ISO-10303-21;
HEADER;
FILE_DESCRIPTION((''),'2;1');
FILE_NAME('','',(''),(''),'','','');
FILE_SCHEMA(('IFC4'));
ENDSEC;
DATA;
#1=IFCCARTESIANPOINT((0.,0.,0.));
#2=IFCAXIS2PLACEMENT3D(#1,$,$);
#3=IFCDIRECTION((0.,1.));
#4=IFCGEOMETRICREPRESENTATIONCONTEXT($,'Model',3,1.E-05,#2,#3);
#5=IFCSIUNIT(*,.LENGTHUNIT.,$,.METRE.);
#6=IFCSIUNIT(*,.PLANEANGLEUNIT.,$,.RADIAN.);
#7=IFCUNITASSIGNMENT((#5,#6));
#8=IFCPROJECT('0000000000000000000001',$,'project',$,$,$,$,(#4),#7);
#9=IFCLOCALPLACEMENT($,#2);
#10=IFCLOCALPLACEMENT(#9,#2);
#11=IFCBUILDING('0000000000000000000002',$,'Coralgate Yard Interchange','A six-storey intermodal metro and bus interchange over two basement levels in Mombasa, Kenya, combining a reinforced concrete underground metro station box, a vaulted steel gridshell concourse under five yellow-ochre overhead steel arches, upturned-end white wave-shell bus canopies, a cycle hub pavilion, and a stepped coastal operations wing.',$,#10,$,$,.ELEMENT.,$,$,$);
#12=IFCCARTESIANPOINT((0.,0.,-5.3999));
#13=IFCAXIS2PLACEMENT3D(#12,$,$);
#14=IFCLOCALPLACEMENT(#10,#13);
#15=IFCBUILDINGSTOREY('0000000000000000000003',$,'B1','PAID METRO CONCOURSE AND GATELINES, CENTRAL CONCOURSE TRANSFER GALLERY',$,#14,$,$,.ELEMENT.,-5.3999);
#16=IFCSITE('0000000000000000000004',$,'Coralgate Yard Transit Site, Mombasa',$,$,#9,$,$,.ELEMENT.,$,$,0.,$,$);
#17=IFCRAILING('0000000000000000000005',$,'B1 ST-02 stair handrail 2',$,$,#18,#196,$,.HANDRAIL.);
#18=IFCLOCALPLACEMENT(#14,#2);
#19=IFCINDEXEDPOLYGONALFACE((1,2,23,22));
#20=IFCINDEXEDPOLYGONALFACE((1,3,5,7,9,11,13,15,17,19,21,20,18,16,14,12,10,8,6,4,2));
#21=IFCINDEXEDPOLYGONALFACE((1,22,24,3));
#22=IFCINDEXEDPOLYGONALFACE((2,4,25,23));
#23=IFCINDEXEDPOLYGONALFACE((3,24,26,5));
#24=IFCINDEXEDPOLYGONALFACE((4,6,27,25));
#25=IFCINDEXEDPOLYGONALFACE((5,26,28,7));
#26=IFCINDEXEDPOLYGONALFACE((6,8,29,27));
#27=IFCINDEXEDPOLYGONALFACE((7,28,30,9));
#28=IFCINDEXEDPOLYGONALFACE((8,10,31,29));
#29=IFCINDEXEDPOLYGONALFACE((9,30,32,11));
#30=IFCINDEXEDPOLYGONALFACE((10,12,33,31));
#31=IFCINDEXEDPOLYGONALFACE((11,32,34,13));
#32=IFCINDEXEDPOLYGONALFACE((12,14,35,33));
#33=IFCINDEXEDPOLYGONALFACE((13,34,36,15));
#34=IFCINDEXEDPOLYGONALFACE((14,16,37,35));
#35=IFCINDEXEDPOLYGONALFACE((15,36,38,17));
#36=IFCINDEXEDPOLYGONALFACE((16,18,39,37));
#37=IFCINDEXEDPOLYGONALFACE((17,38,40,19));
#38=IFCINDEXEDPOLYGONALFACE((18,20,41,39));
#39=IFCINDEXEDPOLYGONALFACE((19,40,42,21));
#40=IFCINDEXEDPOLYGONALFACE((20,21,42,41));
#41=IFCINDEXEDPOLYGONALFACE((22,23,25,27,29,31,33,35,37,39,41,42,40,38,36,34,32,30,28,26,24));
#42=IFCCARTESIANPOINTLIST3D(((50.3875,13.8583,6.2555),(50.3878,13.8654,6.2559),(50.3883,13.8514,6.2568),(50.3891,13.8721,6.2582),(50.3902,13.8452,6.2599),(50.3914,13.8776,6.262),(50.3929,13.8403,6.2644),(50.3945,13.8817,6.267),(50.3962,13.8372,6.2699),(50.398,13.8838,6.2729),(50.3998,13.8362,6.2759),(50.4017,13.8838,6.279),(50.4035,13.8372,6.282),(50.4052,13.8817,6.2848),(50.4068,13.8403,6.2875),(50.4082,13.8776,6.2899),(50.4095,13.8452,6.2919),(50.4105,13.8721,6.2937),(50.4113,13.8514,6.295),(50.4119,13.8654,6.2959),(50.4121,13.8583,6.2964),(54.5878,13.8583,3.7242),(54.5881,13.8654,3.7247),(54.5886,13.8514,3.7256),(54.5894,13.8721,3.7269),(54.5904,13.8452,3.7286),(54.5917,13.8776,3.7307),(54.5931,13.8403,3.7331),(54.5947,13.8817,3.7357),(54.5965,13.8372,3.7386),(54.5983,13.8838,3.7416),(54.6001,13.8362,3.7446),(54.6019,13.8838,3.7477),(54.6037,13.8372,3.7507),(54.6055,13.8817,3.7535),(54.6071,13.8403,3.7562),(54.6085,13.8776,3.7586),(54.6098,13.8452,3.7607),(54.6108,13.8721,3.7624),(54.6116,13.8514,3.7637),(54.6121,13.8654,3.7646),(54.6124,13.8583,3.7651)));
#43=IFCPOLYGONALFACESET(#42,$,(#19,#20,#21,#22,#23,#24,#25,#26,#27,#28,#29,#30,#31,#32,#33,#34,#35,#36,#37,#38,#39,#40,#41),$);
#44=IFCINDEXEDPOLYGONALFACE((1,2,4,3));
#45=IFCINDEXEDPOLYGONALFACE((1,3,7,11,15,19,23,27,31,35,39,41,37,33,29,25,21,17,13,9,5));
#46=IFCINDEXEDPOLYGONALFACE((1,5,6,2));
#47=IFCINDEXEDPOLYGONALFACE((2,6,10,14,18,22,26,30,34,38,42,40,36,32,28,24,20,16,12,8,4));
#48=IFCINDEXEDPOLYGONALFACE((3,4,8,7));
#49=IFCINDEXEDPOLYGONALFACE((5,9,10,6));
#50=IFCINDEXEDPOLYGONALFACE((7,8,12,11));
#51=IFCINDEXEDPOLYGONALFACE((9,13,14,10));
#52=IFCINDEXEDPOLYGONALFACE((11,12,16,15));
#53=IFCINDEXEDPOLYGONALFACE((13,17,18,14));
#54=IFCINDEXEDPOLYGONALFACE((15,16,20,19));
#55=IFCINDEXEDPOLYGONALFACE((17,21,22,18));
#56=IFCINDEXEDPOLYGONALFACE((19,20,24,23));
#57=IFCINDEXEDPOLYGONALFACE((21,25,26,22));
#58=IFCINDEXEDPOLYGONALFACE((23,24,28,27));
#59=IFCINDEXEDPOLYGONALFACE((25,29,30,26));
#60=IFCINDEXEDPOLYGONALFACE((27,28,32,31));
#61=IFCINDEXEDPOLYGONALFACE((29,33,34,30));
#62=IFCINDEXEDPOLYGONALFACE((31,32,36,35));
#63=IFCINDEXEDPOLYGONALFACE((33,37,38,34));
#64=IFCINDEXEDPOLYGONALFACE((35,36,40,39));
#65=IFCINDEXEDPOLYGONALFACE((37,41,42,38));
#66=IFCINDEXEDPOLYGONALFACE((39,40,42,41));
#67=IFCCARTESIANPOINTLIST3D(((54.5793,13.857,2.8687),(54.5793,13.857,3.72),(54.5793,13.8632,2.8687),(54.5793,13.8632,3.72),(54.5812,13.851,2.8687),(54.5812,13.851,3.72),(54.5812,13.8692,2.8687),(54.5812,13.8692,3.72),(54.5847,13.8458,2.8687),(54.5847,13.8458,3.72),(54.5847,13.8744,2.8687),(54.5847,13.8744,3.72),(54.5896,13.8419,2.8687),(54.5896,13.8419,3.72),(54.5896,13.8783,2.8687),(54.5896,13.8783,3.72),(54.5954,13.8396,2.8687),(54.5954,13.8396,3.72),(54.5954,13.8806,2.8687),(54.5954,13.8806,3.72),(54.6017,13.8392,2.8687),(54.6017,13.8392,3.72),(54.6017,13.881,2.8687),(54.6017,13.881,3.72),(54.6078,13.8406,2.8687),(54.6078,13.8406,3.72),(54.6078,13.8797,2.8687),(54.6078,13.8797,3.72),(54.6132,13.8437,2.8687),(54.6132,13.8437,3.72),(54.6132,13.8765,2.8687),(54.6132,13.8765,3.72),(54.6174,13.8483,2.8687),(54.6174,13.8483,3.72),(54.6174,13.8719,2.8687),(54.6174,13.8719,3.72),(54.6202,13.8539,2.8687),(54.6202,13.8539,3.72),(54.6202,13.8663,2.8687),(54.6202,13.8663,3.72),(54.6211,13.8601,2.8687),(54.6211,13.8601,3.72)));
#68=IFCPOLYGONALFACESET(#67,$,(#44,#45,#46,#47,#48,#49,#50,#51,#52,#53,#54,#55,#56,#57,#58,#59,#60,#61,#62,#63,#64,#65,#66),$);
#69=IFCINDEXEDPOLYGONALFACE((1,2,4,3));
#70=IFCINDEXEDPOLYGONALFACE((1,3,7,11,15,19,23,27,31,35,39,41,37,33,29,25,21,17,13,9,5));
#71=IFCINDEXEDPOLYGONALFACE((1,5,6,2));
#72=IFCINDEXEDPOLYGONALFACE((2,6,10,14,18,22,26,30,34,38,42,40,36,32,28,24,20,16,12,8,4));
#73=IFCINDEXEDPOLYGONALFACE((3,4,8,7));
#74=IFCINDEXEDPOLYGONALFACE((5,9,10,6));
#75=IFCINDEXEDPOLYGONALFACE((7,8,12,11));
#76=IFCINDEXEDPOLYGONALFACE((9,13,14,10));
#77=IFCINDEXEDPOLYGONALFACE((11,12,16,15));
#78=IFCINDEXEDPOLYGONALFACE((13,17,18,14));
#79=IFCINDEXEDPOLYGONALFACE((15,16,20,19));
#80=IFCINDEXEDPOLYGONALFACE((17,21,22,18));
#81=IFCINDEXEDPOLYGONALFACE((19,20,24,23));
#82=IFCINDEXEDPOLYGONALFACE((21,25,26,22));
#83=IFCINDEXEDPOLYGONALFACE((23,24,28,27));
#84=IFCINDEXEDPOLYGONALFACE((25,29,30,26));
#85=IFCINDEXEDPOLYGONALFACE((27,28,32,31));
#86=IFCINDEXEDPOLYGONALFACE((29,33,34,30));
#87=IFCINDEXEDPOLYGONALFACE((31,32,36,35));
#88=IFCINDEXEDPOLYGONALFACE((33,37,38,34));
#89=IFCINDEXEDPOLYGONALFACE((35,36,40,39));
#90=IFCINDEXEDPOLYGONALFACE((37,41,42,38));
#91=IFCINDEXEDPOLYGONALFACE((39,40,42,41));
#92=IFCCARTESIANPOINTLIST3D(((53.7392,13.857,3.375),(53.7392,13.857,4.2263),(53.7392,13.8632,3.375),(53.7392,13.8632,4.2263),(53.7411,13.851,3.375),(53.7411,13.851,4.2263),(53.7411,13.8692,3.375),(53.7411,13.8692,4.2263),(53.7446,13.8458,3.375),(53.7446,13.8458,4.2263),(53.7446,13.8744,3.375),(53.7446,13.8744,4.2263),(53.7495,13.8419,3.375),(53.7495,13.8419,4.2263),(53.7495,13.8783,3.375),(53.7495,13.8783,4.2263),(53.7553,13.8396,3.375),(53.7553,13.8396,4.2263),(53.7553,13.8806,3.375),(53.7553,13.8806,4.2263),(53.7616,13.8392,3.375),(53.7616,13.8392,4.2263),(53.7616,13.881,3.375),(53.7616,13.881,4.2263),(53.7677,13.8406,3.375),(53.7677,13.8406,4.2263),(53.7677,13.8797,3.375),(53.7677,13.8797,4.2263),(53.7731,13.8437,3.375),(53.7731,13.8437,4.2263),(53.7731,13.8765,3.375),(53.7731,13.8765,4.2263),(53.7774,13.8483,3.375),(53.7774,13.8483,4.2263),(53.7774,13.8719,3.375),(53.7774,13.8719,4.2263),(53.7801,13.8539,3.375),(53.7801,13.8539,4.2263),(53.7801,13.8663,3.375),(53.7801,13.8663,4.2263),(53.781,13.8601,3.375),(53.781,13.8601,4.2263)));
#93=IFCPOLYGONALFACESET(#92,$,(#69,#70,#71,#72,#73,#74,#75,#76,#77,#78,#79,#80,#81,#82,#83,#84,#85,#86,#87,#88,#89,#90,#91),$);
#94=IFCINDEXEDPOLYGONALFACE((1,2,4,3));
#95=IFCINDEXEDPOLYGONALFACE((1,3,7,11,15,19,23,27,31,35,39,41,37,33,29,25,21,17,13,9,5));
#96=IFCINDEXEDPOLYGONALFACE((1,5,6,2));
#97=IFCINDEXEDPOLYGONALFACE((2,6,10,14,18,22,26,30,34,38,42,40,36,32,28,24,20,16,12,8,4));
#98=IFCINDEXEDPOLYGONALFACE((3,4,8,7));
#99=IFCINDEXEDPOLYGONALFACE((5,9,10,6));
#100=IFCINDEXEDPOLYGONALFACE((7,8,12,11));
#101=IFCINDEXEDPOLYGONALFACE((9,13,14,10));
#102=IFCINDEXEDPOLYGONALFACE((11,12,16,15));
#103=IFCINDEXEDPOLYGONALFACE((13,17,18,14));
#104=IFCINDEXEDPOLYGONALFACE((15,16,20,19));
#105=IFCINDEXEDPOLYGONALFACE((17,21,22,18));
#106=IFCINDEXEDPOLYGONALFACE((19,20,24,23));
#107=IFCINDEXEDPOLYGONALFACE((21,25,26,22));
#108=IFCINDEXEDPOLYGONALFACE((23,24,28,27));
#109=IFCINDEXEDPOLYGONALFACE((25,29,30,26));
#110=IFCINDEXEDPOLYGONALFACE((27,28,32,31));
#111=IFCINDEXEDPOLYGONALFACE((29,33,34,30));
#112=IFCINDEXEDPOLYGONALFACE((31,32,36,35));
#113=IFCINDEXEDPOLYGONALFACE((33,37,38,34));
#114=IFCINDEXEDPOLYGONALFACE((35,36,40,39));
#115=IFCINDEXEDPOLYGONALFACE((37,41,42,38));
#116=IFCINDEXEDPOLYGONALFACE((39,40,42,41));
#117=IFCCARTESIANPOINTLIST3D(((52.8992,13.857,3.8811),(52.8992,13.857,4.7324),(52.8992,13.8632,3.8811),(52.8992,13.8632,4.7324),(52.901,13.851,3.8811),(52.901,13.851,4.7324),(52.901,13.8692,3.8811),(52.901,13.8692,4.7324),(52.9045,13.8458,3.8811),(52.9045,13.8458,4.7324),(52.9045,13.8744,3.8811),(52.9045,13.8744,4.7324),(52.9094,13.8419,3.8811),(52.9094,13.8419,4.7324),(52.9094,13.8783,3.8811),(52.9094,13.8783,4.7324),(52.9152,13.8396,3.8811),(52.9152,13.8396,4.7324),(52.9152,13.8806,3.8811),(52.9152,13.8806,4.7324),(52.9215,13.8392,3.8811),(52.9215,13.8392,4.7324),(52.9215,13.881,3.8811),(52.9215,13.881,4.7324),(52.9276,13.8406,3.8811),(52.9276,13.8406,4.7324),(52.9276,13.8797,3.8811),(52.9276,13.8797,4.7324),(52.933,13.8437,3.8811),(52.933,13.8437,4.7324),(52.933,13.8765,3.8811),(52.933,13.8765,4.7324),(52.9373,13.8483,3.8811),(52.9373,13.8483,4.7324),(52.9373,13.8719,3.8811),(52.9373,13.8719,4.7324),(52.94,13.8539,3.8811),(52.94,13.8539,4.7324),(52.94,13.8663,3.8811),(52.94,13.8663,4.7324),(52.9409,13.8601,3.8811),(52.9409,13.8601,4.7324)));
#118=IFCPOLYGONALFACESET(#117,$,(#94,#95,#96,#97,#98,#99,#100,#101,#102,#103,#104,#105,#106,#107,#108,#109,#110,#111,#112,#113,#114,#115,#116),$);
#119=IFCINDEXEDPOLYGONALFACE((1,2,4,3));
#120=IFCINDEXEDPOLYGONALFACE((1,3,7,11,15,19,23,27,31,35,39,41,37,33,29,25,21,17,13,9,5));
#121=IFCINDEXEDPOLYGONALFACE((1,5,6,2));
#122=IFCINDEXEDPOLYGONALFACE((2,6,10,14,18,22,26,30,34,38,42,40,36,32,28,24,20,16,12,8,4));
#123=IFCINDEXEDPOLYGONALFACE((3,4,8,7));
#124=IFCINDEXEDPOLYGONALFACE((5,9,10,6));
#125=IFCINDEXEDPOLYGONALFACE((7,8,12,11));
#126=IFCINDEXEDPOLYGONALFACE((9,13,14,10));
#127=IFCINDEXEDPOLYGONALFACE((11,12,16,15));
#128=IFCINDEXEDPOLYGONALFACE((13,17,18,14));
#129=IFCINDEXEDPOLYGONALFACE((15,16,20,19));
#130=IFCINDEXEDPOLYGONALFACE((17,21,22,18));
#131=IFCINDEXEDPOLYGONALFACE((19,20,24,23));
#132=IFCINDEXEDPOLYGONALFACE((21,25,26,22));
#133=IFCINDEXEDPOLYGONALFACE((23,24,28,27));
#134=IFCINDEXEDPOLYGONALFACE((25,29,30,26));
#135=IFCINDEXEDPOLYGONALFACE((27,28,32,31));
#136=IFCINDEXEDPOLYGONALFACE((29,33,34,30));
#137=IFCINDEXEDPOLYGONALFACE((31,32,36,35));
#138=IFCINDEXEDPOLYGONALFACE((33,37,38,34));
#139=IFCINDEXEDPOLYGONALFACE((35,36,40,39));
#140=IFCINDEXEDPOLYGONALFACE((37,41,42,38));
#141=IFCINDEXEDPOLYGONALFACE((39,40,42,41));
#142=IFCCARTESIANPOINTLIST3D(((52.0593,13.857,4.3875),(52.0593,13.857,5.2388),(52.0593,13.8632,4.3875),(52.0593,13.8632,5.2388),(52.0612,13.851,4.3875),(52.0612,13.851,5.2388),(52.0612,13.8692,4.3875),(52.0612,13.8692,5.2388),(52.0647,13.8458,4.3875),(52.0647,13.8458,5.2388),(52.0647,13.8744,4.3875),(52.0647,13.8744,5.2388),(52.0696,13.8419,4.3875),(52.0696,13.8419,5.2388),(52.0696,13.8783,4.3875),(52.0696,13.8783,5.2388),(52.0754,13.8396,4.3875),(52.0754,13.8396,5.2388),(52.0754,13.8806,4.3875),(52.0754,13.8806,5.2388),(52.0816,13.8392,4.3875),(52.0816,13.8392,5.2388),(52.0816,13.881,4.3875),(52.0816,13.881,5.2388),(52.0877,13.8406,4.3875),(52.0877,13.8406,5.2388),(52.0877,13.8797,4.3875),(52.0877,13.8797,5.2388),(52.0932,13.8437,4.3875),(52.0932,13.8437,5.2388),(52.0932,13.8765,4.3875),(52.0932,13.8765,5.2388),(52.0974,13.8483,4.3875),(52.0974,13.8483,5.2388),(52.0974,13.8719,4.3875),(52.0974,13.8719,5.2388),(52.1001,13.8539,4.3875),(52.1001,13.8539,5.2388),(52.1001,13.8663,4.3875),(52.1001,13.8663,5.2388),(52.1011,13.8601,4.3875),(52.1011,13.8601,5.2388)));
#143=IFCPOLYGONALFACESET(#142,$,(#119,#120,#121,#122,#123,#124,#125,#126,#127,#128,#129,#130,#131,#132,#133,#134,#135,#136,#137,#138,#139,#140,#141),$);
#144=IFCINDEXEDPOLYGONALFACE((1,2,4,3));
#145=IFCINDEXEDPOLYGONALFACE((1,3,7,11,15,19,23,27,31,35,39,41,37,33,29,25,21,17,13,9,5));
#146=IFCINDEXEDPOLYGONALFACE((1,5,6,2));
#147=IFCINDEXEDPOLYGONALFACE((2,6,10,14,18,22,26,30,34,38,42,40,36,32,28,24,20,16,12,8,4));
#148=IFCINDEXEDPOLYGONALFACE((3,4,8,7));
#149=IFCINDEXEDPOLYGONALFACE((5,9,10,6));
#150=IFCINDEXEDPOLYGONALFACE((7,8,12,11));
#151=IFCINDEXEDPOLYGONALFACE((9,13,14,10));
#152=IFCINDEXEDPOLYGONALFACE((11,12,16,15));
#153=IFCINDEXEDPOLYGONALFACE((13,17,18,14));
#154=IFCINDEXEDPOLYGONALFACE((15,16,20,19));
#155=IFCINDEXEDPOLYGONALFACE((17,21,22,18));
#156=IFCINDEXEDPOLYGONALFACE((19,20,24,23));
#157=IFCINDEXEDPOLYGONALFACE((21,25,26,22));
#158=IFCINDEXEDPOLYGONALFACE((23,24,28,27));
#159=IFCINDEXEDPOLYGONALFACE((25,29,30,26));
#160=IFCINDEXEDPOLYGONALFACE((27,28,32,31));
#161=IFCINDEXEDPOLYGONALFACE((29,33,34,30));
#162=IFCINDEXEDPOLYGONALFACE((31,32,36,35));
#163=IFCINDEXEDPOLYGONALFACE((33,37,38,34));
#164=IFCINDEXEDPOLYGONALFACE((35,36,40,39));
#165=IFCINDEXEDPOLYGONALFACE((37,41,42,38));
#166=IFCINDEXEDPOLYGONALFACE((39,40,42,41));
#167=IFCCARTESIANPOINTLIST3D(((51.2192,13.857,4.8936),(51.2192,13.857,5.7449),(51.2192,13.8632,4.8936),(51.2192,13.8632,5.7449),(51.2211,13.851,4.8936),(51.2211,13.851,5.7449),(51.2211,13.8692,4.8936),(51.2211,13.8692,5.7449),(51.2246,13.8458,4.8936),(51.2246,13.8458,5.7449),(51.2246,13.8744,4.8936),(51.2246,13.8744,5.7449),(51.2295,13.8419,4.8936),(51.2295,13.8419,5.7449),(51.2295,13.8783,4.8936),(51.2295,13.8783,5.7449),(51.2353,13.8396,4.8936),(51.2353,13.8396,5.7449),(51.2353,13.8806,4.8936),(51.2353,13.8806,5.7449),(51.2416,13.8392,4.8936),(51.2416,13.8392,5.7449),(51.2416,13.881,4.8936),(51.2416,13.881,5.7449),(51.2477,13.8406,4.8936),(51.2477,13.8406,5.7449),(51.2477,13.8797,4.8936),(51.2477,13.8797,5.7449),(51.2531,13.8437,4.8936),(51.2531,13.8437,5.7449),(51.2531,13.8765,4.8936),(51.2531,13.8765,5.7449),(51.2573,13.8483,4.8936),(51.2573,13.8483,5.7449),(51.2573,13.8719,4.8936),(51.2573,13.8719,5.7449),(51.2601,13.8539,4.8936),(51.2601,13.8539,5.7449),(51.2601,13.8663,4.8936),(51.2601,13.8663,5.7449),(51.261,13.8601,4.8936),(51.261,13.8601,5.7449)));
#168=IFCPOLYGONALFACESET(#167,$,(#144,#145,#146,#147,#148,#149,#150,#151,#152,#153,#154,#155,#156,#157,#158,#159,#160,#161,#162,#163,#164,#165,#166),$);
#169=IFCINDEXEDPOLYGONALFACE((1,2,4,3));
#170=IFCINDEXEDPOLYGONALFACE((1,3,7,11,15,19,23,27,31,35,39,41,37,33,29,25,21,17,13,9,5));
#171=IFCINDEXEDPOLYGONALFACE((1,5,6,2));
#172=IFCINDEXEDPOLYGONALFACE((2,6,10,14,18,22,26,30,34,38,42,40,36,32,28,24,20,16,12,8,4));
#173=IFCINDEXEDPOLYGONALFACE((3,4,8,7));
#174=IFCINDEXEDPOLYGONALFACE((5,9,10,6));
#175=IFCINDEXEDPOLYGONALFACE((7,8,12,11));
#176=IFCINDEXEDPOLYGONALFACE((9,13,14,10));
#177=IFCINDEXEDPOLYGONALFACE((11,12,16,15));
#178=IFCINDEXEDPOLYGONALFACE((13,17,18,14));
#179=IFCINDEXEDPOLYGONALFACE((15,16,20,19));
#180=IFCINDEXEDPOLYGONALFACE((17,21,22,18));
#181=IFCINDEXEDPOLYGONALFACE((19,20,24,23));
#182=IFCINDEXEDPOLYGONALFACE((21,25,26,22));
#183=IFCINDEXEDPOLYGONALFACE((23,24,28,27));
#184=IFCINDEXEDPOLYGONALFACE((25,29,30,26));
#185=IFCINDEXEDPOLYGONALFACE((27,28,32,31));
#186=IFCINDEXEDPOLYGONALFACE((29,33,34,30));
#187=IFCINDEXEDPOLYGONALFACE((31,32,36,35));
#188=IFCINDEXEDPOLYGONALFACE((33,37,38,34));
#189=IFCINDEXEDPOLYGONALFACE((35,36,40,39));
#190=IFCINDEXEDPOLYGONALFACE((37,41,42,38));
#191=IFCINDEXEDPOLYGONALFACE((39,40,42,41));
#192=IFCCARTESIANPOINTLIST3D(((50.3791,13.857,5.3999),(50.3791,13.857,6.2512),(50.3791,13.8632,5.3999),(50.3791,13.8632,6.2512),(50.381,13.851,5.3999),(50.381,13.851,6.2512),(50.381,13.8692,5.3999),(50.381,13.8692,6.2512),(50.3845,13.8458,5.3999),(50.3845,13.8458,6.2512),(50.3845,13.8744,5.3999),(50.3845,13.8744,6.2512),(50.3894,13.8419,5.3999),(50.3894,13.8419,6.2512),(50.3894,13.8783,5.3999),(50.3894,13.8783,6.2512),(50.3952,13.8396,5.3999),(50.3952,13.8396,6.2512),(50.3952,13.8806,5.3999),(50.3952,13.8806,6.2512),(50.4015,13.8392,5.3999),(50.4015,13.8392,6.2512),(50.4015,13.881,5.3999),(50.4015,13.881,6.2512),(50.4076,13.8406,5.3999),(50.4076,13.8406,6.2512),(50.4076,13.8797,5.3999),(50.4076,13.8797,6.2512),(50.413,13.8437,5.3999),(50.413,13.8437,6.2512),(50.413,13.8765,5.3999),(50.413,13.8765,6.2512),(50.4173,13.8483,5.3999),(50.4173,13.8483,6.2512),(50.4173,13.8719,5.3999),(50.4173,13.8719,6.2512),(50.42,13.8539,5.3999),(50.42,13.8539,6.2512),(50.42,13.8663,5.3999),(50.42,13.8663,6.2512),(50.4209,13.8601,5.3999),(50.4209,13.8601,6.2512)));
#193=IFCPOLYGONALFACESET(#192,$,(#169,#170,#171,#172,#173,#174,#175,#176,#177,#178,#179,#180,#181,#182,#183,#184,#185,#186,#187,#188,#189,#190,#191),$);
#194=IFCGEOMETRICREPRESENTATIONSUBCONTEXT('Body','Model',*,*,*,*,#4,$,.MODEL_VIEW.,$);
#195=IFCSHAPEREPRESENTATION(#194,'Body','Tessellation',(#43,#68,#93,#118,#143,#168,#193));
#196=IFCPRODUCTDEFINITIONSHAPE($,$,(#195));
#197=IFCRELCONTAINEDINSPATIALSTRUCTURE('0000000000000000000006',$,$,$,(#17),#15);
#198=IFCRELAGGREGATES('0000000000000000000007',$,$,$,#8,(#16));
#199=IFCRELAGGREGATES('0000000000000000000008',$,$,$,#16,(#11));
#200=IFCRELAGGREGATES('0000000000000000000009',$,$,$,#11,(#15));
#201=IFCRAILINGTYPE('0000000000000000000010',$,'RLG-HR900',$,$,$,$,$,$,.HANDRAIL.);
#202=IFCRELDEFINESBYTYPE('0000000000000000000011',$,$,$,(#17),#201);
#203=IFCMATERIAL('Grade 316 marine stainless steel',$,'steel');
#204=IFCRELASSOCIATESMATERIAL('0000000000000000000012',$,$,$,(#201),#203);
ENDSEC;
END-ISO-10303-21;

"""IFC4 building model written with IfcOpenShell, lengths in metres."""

from ifc_helpers import new_model, si_unit, direction, frame, origin, origin_2d, place, context, subcontext, project, spatial, circle, extrude, material, type_object, element, save


model = new_model("IFC4")

# Units and contexts
model_context = context("Model", 3, precision=1e-05, world=origin(), true_north=direction((0.0, 1.0)))
body_context = subcontext(model_context, "Body", "Model", "MODEL_VIEW")
ifc_project = project(units=[si_unit("LENGTHUNIT", "METRE"), si_unit("PLANEANGLEUNIT", "RADIAN")], contexts=[model_context])

# Site, building, storey
site_placement = place(None, origin())
site = spatial("IfcSite", under=ifc_project, at=site_placement, Name="Coralgate Yard Transit Site, Mombasa", CompositionType="ELEMENT", RefElevation=0.0)
building_placement = place(site_placement, origin())
building = spatial("IfcBuilding", under=site, at=building_placement, Name="Coralgate Yard Interchange", Description="A six-storey intermodal metro and bus interchange over two basement levels in Mombasa, Kenya, combining a reinforced concrete underground metro station box, a vaulted steel gridshell concourse under five yellow-ochre overhead steel arches, upturned-end white wave-shell bus canopies, a cycle hub pavilion, and a stepped coastal operations wing.", CompositionType="ELEMENT")
storey_placement = place(building_placement, frame((0.0, 0.0, -5.3999)))
storey = spatial("IfcBuildingStorey", under=building, at=storey_placement, Name="B1", Description="PAID METRO CONCOURSE AND GATELINES, CENTRAL CONCOURSE TRANSFER GALLERY", CompositionType="ELEMENT", Elevation=-5.3999)

# Railing
ifc_material_1 = material(Name="Grade 316 marine stainless steel", Category="steel")
railing_type_1 = type_object("IfcRailingType", Name="RLG-HR900", PredefinedType="HANDRAIL", material=ifc_material_1)
railing_1_placement = place(storey_placement, frame((54.6001, 13.8601, 2.8687)))
element("IfcRailing", 1, at=railing_1_placement, inside=storey, type_object=railing_type_1, Name="B1 ST-02 stair handrail 2", PredefinedType="HANDRAIL", context=body_context, shape_type="SweptSolid", body=[
    extrude(circle(Radius=0.0239, at=origin_2d()), frame((0.0, 0.0, 0.876), z_axis=(-0.85649, 0.0, 0.516164), x_axis=(0.0, -1.0, 0.0)), (0.0, 0.0, 1.0), 4.9041),
    extrude(circle(Radius=0.021, at=origin_2d()), origin(), (0.0, 0.0, 1.0), 0.8513),
    extrude(circle(Radius=0.021, at=origin_2d()), frame((-0.8401, 0.0, 0.5063)), (0.0, 0.0, 1.0), 0.8513),
    extrude(circle(Radius=0.021, at=origin_2d()), frame((-1.6802, 0.0, 1.0125)), (0.0, 0.0, 1.0), 0.8513),
    extrude(circle(Radius=0.021, at=origin_2d()), frame((-2.52, 0.0, 1.5188)), (0.0, 0.0, 1.0), 0.8513),
    extrude(circle(Radius=0.021, at=origin_2d()), frame((-3.3601, 0.0, 2.0249)), (0.0, 0.0, 1.0), 0.8513),
    extrude(circle(Radius=0.021, at=origin_2d()), frame((-4.2002, 0.0, 2.5312)), (0.0, 0.0, 1.0), 0.8513),
])

save(model, "model.ifc")
